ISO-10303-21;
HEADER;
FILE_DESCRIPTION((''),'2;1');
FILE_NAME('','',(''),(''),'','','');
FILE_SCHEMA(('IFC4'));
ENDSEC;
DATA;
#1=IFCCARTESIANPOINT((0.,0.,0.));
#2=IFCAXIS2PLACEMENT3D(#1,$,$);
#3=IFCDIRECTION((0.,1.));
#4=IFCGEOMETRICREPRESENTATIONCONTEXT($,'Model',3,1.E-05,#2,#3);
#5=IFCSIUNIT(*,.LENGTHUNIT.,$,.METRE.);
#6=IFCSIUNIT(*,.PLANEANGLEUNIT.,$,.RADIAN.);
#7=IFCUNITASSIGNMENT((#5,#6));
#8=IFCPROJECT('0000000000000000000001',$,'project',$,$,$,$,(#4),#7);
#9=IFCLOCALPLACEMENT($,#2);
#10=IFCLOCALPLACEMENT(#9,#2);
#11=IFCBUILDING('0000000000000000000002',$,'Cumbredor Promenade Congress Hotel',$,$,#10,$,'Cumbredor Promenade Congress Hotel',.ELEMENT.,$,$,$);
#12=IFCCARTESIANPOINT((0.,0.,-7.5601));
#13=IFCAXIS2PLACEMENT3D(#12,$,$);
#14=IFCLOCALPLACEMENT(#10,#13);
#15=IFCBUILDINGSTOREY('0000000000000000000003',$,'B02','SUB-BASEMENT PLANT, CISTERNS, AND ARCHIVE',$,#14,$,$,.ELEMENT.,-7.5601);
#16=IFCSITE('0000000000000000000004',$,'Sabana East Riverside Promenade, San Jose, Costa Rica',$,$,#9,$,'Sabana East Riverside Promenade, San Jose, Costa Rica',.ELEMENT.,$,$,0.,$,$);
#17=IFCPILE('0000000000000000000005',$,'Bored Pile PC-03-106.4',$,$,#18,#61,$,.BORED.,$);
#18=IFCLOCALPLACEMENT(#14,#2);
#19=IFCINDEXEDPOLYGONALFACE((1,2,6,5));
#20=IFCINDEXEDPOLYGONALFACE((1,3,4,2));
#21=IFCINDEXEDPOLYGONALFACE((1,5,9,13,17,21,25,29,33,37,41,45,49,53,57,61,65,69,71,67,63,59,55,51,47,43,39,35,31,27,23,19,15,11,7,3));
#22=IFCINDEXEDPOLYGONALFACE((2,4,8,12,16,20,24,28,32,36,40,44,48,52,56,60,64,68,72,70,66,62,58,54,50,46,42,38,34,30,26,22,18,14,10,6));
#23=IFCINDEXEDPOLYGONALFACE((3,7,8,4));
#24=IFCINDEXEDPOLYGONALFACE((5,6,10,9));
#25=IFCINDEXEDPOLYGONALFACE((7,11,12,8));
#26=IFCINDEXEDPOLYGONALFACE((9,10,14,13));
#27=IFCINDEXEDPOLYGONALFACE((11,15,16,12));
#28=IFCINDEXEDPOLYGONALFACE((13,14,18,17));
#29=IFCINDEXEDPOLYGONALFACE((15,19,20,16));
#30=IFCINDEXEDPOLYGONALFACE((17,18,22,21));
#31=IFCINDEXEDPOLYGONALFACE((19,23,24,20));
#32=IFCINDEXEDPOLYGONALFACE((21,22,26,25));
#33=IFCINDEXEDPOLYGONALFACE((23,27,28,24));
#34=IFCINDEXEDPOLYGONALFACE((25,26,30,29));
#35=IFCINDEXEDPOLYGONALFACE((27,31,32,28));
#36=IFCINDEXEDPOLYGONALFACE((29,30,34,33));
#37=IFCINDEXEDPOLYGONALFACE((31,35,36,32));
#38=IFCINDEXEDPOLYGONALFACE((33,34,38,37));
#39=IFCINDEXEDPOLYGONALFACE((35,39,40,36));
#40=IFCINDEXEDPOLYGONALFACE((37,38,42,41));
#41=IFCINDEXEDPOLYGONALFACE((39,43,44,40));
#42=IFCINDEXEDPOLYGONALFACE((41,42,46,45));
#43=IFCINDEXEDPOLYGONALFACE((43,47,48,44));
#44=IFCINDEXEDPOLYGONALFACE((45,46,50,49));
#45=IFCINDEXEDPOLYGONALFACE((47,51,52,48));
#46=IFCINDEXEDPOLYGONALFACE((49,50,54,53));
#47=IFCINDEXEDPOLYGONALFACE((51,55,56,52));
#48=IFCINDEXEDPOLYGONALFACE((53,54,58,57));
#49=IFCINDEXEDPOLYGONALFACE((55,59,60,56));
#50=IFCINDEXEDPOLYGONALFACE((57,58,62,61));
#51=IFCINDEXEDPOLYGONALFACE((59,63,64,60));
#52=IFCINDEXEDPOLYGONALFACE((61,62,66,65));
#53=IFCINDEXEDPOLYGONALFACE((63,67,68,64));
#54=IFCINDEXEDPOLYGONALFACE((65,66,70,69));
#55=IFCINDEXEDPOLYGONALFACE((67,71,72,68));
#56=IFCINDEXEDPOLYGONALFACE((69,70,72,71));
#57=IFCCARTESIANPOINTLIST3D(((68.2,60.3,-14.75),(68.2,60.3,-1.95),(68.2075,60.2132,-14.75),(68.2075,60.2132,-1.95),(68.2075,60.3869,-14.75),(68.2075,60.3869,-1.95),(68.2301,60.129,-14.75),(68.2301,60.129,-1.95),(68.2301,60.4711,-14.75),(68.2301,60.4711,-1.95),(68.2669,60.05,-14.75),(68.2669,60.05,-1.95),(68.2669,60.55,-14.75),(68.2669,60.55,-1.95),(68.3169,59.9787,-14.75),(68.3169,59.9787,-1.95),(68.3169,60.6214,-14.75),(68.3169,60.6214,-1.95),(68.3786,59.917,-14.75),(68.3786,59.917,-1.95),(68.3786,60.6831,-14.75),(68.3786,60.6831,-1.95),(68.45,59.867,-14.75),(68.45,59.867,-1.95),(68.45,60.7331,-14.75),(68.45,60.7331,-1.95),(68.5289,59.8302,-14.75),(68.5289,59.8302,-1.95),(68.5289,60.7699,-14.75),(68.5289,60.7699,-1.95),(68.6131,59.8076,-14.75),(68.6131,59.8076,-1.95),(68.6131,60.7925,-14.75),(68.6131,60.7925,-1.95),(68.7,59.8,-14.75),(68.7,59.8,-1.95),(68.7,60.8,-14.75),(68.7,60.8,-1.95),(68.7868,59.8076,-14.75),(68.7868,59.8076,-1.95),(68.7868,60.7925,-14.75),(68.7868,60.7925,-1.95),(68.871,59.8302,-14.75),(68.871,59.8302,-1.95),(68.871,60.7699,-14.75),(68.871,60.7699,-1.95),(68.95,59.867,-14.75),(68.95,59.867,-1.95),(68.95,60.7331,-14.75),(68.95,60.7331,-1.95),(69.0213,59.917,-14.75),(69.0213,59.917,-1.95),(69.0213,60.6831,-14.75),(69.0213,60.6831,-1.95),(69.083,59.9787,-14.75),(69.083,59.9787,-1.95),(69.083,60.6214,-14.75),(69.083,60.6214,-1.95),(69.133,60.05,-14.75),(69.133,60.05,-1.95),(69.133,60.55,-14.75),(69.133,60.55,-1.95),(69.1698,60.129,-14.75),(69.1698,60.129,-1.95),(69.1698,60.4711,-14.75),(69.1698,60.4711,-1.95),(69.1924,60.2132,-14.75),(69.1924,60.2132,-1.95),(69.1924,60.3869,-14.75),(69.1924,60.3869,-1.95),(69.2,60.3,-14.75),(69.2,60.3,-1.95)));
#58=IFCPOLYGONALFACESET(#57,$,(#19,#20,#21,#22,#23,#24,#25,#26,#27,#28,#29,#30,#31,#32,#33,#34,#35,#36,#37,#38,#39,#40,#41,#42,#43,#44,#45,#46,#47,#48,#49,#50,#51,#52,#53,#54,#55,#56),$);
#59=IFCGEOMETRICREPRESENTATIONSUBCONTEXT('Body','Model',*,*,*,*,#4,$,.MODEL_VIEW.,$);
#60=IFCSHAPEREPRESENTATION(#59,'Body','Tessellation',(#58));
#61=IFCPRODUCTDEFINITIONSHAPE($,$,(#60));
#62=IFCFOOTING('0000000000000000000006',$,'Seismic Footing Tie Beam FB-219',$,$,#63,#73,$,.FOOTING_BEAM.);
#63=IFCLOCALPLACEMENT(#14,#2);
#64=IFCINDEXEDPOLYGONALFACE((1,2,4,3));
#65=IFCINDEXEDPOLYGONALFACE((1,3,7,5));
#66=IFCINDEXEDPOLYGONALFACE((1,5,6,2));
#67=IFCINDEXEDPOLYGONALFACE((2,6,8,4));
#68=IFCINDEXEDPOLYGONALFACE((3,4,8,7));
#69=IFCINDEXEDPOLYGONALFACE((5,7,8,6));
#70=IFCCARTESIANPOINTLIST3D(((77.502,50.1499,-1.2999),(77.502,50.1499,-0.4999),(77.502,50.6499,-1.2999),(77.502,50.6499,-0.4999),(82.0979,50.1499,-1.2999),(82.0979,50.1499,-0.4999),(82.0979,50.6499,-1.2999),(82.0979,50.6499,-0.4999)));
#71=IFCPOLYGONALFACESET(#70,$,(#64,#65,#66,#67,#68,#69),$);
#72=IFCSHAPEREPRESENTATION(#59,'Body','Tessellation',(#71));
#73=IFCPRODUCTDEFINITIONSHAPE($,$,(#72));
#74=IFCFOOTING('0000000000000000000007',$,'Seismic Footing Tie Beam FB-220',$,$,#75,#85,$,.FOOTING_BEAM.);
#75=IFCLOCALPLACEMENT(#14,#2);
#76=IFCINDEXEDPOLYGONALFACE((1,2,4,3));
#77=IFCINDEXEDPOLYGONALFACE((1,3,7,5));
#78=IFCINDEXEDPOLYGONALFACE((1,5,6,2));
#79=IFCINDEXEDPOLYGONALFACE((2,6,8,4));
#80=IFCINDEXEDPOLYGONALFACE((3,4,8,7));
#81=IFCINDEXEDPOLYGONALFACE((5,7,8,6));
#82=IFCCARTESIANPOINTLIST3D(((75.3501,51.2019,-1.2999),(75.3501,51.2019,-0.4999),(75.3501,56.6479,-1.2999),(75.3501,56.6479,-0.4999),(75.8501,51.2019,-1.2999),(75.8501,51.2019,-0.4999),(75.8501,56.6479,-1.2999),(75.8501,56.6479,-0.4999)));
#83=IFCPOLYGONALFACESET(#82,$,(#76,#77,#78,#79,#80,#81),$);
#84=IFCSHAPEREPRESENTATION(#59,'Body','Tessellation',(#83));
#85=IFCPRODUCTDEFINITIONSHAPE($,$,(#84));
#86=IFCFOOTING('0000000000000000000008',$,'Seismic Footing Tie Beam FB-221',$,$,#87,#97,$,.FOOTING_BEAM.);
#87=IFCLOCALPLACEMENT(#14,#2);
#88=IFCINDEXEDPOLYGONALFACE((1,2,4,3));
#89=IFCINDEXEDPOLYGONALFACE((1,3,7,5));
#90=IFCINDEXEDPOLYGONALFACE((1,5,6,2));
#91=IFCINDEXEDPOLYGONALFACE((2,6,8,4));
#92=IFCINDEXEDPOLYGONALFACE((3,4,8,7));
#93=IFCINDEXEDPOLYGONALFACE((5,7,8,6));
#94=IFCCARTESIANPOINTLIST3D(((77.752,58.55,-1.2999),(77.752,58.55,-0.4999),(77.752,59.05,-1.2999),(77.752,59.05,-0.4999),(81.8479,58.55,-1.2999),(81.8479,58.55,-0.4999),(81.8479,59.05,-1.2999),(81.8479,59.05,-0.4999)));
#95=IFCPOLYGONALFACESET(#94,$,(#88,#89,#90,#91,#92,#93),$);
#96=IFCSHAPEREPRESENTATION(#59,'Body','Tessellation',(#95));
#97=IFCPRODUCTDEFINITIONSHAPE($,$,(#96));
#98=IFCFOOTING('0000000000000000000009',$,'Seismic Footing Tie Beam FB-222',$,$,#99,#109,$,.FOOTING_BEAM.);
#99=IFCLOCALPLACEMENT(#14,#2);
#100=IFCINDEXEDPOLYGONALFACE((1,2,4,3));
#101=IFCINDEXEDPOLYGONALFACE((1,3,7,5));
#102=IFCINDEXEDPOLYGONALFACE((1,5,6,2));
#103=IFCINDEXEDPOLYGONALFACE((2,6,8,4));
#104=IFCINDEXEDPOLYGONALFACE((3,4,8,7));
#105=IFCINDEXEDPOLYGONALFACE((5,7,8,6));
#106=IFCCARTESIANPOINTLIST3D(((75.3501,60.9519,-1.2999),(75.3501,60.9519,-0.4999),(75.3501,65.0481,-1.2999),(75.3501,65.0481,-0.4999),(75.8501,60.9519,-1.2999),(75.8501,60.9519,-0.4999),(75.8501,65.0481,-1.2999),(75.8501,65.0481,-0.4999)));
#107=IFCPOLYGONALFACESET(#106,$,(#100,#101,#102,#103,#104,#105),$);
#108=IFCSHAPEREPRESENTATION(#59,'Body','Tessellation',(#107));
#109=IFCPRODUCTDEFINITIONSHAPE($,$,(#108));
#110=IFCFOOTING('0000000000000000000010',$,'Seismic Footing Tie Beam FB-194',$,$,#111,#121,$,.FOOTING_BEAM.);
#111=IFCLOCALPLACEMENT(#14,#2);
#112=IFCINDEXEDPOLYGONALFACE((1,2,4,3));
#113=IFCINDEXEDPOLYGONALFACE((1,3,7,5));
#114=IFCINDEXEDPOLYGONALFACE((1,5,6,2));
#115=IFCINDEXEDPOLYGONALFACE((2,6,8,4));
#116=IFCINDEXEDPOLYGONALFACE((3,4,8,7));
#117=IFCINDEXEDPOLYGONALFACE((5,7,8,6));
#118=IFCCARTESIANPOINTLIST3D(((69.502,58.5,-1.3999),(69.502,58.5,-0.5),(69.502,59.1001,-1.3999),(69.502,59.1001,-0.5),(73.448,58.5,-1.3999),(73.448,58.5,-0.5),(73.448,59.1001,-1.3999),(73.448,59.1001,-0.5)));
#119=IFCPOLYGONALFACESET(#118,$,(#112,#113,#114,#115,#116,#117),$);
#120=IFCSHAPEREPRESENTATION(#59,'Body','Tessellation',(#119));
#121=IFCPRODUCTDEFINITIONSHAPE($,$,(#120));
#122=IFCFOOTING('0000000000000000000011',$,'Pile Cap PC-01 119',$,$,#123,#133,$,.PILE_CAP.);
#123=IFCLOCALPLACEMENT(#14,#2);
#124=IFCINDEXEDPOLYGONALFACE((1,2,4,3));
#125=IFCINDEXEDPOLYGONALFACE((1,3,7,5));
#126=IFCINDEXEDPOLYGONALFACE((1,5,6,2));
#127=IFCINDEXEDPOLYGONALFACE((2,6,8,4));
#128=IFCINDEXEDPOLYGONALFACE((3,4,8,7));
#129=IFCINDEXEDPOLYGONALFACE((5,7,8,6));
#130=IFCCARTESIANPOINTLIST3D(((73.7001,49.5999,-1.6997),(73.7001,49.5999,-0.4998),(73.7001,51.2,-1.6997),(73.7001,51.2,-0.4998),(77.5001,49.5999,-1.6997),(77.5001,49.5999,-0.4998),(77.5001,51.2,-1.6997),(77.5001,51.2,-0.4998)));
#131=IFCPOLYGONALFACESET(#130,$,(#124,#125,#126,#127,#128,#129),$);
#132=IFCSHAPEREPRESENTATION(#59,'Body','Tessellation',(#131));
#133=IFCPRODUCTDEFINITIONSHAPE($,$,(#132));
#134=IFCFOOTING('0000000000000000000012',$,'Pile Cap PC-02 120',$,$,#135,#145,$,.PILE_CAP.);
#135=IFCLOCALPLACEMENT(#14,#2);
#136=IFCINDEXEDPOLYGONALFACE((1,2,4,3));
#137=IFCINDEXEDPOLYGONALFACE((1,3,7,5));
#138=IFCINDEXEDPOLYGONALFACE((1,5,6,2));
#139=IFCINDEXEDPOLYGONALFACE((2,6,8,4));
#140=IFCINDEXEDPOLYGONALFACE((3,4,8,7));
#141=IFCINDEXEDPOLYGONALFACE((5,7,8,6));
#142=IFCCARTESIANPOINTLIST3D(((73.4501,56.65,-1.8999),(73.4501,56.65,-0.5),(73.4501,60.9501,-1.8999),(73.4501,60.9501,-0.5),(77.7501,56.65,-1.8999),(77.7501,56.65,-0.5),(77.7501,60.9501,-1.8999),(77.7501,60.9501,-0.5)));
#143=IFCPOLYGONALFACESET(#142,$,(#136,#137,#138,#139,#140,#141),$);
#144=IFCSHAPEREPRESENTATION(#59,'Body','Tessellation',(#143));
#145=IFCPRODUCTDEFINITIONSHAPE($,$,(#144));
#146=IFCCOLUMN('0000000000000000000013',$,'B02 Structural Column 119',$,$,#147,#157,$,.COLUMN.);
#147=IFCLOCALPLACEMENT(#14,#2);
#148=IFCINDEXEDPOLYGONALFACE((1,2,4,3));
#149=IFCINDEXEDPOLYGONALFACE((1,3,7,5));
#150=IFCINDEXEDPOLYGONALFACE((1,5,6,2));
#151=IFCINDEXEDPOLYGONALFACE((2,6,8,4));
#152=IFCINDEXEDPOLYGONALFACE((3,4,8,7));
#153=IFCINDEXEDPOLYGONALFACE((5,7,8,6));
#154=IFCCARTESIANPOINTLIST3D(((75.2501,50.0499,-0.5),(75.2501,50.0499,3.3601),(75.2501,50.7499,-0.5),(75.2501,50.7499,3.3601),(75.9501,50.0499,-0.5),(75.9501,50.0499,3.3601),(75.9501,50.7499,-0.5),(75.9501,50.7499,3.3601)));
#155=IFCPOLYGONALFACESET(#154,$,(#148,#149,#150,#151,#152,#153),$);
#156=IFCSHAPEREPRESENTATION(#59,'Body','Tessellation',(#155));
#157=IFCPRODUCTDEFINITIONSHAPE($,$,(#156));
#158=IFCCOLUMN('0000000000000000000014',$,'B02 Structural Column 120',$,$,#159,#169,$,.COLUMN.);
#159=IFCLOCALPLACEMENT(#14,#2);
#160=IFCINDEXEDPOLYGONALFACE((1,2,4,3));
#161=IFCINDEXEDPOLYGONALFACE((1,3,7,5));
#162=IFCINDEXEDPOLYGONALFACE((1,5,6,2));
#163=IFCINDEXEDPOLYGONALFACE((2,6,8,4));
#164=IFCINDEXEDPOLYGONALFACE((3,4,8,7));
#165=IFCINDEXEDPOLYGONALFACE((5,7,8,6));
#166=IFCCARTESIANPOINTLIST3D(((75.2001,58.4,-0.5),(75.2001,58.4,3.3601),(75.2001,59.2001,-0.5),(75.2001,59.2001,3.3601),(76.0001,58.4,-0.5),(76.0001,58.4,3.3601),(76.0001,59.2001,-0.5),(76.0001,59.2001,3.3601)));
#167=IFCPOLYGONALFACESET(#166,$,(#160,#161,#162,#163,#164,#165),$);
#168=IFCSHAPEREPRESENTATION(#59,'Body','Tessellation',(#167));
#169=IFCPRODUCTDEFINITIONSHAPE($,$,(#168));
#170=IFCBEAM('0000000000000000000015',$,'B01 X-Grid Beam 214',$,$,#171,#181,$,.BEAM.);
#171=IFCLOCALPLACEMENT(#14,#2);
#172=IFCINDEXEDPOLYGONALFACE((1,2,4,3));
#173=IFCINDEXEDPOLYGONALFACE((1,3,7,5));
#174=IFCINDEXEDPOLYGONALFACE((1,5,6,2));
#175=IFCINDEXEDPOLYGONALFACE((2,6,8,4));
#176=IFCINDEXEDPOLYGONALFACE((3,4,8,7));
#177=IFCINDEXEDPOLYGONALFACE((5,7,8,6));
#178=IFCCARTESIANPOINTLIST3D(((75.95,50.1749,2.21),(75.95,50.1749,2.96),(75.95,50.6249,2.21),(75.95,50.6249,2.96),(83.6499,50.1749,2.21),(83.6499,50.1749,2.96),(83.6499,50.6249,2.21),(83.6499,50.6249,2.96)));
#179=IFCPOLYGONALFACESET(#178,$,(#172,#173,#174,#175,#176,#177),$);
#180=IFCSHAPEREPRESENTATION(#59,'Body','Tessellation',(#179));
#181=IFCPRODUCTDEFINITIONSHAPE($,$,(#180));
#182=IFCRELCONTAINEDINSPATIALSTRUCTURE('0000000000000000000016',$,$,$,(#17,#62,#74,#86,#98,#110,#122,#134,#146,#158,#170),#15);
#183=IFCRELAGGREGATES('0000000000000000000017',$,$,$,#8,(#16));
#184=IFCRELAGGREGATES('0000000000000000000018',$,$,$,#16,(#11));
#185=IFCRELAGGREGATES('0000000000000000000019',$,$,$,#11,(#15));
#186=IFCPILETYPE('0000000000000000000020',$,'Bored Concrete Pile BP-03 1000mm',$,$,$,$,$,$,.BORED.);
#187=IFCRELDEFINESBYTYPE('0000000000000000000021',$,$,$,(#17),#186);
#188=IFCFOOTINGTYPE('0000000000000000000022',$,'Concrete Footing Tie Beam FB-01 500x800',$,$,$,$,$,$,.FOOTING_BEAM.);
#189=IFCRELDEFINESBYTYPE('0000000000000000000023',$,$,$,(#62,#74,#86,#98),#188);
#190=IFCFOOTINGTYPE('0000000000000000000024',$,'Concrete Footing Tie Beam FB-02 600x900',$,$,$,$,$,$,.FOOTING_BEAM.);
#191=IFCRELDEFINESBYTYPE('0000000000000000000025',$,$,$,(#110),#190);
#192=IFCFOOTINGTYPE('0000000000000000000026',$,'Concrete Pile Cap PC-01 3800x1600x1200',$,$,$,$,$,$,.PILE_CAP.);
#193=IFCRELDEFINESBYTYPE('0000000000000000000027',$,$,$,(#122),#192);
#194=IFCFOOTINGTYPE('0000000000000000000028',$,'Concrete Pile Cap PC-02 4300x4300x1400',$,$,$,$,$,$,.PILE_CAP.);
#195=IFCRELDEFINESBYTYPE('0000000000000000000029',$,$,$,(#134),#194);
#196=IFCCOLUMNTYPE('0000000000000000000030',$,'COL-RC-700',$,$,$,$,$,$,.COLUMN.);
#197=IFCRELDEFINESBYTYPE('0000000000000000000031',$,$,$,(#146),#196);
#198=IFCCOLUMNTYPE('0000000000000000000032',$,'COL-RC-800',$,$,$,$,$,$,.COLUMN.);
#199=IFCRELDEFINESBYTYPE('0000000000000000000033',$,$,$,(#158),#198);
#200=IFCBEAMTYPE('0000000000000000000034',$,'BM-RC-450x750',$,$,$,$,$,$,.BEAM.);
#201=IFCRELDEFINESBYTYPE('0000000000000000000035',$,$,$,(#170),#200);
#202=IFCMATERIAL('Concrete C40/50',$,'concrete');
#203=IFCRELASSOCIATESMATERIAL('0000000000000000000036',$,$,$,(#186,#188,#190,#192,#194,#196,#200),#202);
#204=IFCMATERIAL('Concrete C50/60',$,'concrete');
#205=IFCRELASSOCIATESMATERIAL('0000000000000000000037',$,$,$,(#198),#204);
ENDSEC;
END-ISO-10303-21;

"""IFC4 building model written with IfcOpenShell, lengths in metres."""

from ifc_helpers import new_model, si_unit, direction, frame, origin, origin_2d, place, context, subcontext, project, spatial, rectangle, circle, extrude, material, material_profile, profile_set, type_object, element, save


model = new_model("IFC4")

# Units and contexts
model_context = context("Model", 3, precision=1e-05, world=origin(), true_north=direction((0.0, 1.0)))
body_context = subcontext(model_context, "Body", "Model", "MODEL_VIEW")
ifc_project = project(units=[si_unit("LENGTHUNIT", "METRE"), si_unit("PLANEANGLEUNIT", "RADIAN")], contexts=[model_context])

# Site, building, storey
site_placement = place(None, origin())
site = spatial("IfcSite", under=ifc_project, at=site_placement, Name="Sabana East Riverside Promenade, San Jose, Costa Rica", LongName="Sabana East Riverside Promenade, San Jose, Costa Rica", CompositionType="ELEMENT", RefElevation=0.0)
building_placement = place(site_placement, origin())
building = spatial("IfcBuilding", under=site, at=building_placement, Name="Cumbredor Promenade Congress Hotel", LongName="Cumbredor Promenade Congress Hotel", CompositionType="ELEMENT")
storey_placement = place(building_placement, frame((0.0, 0.0, -7.5601)))
storey = spatial("IfcBuildingStorey", under=building, at=storey_placement, Name="B02", Description="SUB-BASEMENT PLANT, CISTERNS, AND ARCHIVE", CompositionType="ELEMENT", Elevation=-7.5601)

# Pile
ifc_material_1 = material(Name="Concrete C40/50", Category="concrete")
ifc_material_profile_1 = material_profile(ifc_material_1, circle(Radius=0.5, at=origin_2d()), Name="PILE D1000")
ifc_profile_set_1 = profile_set([ifc_material_profile_1], Name="Concrete C40/50")
pile_type_1 = type_object("IfcPileType", Name="Bored Concrete Pile BP-03 1000mm", PredefinedType="BORED", material=ifc_profile_set_1)
for number, where, z_axis, x_axis, name in (
    (1, (68.7, 60.3, -1.95), (0.0, 0.0, -1.0), (1.0, 0.0, 0.0), "Bored Pile PC-03-106.4"),
):
    element("IfcPile", number, at=place(storey_placement, frame(where, z_axis=z_axis, x_axis=x_axis)), inside=storey, type_object=pile_type_1, Name=name, PredefinedType="BORED", context=body_context, shape_type="SweptSolid", body=[
        extrude(circle(Radius=0.5, at=origin_2d()), origin(), (0.0, 0.0, 1.0), 12.8),
    ])

# Footings
ifc_material_profile_2 = material_profile(ifc_material_1, rectangle(XDim=0.5, YDim=0.8, at=origin_2d()), Name="FB 500x800")
ifc_profile_set_2 = profile_set([ifc_material_profile_2], Name="Concrete C40/50")
footing_type_1 = type_object("IfcFootingType", Name="Concrete Footing Tie Beam FB-01 500x800", PredefinedType="FOOTING_BEAM", material=ifc_profile_set_2)
footing_1_placement = place(storey_placement, frame((77.502, 50.3999, -0.8999), z_axis=(1.0, 0.0, 0.0), x_axis=(0.0, 1.0, 0.0)))
element("IfcFooting", 2, at=footing_1_placement, inside=storey, type_object=footing_type_1, Name="Seismic Footing Tie Beam FB-219", PredefinedType="FOOTING_BEAM", context=body_context, shape_type="SweptSolid", body=[
    extrude(rectangle(XDim=0.5, YDim=0.8, at=origin_2d()), origin(), (0.0, 0.0, 1.0), 4.5959),
])
footing_2_placement = place(storey_placement, frame((75.6001, 51.2019, -0.8999), z_axis=(0.0, 1.0, 0.0), x_axis=(-1.0, 0.0, 0.0)))
element("IfcFooting", 3, at=footing_2_placement, inside=storey, type_object=footing_type_1, Name="Seismic Footing Tie Beam FB-220", PredefinedType="FOOTING_BEAM", context=body_context, shape_type="SweptSolid", body=[
    extrude(rectangle(XDim=0.5, YDim=0.8, at=origin_2d()), origin(), (0.0, 0.0, 1.0), 5.446),
])
footing_3_placement = place(storey_placement, frame((77.752, 58.8, -0.8999), z_axis=(1.0, 0.0, 0.0), x_axis=(0.0, 1.0, 0.0)))
element("IfcFooting", 4, at=footing_3_placement, inside=storey, type_object=footing_type_1, Name="Seismic Footing Tie Beam FB-221", PredefinedType="FOOTING_BEAM", context=body_context, shape_type="SweptSolid", body=[
    extrude(rectangle(XDim=0.5, YDim=0.8, at=origin_2d()), origin(), (0.0, 0.0, 1.0), 4.0959),
])
footing_4_placement = place(storey_placement, frame((75.6001, 60.9519, -0.8999), z_axis=(0.0, 1.0, 0.0), x_axis=(-1.0, 0.0, 0.0)))
element("IfcFooting", 5, at=footing_4_placement, inside=storey, type_object=footing_type_1, Name="Seismic Footing Tie Beam FB-222", PredefinedType="FOOTING_BEAM", context=body_context, shape_type="SweptSolid", body=[
    extrude(rectangle(XDim=0.5, YDim=0.8, at=origin_2d()), origin(), (0.0, 0.0, 1.0), 4.0962),
])
ifc_material_profile_3 = material_profile(ifc_material_1, rectangle(XDim=0.6001, YDim=0.8999, at=origin_2d()), Name="FB 600x900")
ifc_profile_set_3 = profile_set([ifc_material_profile_3], Name="Concrete C40/50")
footing_type_2 = type_object("IfcFootingType", Name="Concrete Footing Tie Beam FB-02 600x900", PredefinedType="FOOTING_BEAM", material=ifc_profile_set_3)
footing_5_placement = place(storey_placement, frame((69.502, 58.8, -0.95), z_axis=(1.0, 0.0, 0.0), x_axis=(0.0, 1.0, 0.0)))
element("IfcFooting", 6, at=footing_5_placement, inside=storey, type_object=footing_type_2, Name="Seismic Footing Tie Beam FB-194", PredefinedType="FOOTING_BEAM", context=body_context, shape_type="SweptSolid", body=[
    extrude(rectangle(XDim=0.6001, YDim=0.8999, at=origin_2d()), origin(), (0.0, 0.0, 1.0), 3.946),
])
footing_type_3 = type_object("IfcFootingType", Name="Concrete Pile Cap PC-01 3800x1600x1200", PredefinedType="PILE_CAP", material=ifc_material_1)
footing_6_placement = place(storey_placement, frame((75.6001, 50.3999, -1.6997), z_axis=(0.0, 0.0, 1.0), x_axis=(1.0, 0.0, 0.0)))
element("IfcFooting", 7, at=footing_6_placement, inside=storey, type_object=footing_type_3, Name="Pile Cap PC-01 119", PredefinedType="PILE_CAP", context=body_context, shape_type="SweptSolid", body=[
    extrude(rectangle(XDim=3.8, YDim=1.6001, at=origin_2d()), origin(), (0.0, 0.0, 1.0), 1.2),
])
footing_type_4 = type_object("IfcFootingType", Name="Concrete Pile Cap PC-02 4300x4300x1400", PredefinedType="PILE_CAP", material=ifc_material_1)
footing_7_placement = place(storey_placement, frame((75.6001, 58.8, -1.8999), z_axis=(0.0, 0.0, 1.0), x_axis=(1.0, 0.0, 0.0)))
element("IfcFooting", 8, at=footing_7_placement, inside=storey, type_object=footing_type_4, Name="Pile Cap PC-02 120", PredefinedType="PILE_CAP", context=body_context, shape_type="SweptSolid", body=[
    extrude(rectangle(XDim=4.3, YDim=4.3, at=origin_2d()), origin(), (0.0, 0.0, 1.0), 1.3999),
])

# Columns
ifc_material_profile_4 = material_profile(ifc_material_1, rectangle(XDim=0.7, YDim=0.7, at=origin_2d()), Name="RC 700x700")
ifc_profile_set_4 = profile_set([ifc_material_profile_4], Name="Concrete C40/50")
column_type_1 = type_object("IfcColumnType", Name="COL-RC-700", PredefinedType="COLUMN", material=ifc_profile_set_4)
column_1_placement = place(storey_placement, frame((75.6001, 50.3999, -0.5), z_axis=(0.0, 0.0, 1.0), x_axis=(1.0, 0.0, 0.0)))
element("IfcColumn", 9, at=column_1_placement, inside=storey, type_object=column_type_1, Name="B02 Structural Column 119", PredefinedType="COLUMN", context=body_context, shape_type="SweptSolid", body=[
    extrude(rectangle(XDim=0.7, YDim=0.7, at=origin_2d()), origin(), (0.0, 0.0, 1.0), 3.8601),
])
ifc_material_2 = material(Name="Concrete C50/60", Category="concrete")
ifc_material_profile_5 = material_profile(ifc_material_2, rectangle(XDim=0.8, YDim=0.8, at=origin_2d()), Name="RC 800x800")
ifc_profile_set_5 = profile_set([ifc_material_profile_5], Name="Concrete C50/60")
column_type_2 = type_object("IfcColumnType", Name="COL-RC-800", PredefinedType="COLUMN", material=ifc_profile_set_5)
column_2_placement = place(storey_placement, frame((75.6001, 58.8, -0.5), z_axis=(0.0, 0.0, 1.0), x_axis=(1.0, 0.0, 0.0)))
element("IfcColumn", 10, at=column_2_placement, inside=storey, type_object=column_type_2, Name="B02 Structural Column 120", PredefinedType="COLUMN", context=body_context, shape_type="SweptSolid", body=[
    extrude(rectangle(XDim=0.8, YDim=0.8, at=origin_2d()), origin(), (0.0, 0.0, 1.0), 3.8601),
])

# Beam
ifc_material_profile_6 = material_profile(ifc_material_1, rectangle(XDim=0.45, YDim=0.75, at=origin_2d()), Name="RC BEAM 450x750")
ifc_profile_set_6 = profile_set([ifc_material_profile_6], Name="Concrete C40/50")
beam_type_1 = type_object("IfcBeamType", Name="BM-RC-450x750", PredefinedType="BEAM", material=ifc_profile_set_6)
beam_1_placement = place(storey_placement, frame((75.95, 50.3999, 2.585), z_axis=(1.0, 0.0, 0.0), x_axis=(0.0, 1.0, 0.0)))
element("IfcBeam", 11, at=beam_1_placement, inside=storey, type_object=beam_type_1, Name="B01 X-Grid Beam 214", PredefinedType="BEAM", context=body_context, shape_type="SweptSolid", body=[
    extrude(rectangle(XDim=0.45, YDim=0.75, at=origin_2d()), origin(), (0.0, 0.0, 1.0), 7.7),
])

save(model, "model.ifc")
